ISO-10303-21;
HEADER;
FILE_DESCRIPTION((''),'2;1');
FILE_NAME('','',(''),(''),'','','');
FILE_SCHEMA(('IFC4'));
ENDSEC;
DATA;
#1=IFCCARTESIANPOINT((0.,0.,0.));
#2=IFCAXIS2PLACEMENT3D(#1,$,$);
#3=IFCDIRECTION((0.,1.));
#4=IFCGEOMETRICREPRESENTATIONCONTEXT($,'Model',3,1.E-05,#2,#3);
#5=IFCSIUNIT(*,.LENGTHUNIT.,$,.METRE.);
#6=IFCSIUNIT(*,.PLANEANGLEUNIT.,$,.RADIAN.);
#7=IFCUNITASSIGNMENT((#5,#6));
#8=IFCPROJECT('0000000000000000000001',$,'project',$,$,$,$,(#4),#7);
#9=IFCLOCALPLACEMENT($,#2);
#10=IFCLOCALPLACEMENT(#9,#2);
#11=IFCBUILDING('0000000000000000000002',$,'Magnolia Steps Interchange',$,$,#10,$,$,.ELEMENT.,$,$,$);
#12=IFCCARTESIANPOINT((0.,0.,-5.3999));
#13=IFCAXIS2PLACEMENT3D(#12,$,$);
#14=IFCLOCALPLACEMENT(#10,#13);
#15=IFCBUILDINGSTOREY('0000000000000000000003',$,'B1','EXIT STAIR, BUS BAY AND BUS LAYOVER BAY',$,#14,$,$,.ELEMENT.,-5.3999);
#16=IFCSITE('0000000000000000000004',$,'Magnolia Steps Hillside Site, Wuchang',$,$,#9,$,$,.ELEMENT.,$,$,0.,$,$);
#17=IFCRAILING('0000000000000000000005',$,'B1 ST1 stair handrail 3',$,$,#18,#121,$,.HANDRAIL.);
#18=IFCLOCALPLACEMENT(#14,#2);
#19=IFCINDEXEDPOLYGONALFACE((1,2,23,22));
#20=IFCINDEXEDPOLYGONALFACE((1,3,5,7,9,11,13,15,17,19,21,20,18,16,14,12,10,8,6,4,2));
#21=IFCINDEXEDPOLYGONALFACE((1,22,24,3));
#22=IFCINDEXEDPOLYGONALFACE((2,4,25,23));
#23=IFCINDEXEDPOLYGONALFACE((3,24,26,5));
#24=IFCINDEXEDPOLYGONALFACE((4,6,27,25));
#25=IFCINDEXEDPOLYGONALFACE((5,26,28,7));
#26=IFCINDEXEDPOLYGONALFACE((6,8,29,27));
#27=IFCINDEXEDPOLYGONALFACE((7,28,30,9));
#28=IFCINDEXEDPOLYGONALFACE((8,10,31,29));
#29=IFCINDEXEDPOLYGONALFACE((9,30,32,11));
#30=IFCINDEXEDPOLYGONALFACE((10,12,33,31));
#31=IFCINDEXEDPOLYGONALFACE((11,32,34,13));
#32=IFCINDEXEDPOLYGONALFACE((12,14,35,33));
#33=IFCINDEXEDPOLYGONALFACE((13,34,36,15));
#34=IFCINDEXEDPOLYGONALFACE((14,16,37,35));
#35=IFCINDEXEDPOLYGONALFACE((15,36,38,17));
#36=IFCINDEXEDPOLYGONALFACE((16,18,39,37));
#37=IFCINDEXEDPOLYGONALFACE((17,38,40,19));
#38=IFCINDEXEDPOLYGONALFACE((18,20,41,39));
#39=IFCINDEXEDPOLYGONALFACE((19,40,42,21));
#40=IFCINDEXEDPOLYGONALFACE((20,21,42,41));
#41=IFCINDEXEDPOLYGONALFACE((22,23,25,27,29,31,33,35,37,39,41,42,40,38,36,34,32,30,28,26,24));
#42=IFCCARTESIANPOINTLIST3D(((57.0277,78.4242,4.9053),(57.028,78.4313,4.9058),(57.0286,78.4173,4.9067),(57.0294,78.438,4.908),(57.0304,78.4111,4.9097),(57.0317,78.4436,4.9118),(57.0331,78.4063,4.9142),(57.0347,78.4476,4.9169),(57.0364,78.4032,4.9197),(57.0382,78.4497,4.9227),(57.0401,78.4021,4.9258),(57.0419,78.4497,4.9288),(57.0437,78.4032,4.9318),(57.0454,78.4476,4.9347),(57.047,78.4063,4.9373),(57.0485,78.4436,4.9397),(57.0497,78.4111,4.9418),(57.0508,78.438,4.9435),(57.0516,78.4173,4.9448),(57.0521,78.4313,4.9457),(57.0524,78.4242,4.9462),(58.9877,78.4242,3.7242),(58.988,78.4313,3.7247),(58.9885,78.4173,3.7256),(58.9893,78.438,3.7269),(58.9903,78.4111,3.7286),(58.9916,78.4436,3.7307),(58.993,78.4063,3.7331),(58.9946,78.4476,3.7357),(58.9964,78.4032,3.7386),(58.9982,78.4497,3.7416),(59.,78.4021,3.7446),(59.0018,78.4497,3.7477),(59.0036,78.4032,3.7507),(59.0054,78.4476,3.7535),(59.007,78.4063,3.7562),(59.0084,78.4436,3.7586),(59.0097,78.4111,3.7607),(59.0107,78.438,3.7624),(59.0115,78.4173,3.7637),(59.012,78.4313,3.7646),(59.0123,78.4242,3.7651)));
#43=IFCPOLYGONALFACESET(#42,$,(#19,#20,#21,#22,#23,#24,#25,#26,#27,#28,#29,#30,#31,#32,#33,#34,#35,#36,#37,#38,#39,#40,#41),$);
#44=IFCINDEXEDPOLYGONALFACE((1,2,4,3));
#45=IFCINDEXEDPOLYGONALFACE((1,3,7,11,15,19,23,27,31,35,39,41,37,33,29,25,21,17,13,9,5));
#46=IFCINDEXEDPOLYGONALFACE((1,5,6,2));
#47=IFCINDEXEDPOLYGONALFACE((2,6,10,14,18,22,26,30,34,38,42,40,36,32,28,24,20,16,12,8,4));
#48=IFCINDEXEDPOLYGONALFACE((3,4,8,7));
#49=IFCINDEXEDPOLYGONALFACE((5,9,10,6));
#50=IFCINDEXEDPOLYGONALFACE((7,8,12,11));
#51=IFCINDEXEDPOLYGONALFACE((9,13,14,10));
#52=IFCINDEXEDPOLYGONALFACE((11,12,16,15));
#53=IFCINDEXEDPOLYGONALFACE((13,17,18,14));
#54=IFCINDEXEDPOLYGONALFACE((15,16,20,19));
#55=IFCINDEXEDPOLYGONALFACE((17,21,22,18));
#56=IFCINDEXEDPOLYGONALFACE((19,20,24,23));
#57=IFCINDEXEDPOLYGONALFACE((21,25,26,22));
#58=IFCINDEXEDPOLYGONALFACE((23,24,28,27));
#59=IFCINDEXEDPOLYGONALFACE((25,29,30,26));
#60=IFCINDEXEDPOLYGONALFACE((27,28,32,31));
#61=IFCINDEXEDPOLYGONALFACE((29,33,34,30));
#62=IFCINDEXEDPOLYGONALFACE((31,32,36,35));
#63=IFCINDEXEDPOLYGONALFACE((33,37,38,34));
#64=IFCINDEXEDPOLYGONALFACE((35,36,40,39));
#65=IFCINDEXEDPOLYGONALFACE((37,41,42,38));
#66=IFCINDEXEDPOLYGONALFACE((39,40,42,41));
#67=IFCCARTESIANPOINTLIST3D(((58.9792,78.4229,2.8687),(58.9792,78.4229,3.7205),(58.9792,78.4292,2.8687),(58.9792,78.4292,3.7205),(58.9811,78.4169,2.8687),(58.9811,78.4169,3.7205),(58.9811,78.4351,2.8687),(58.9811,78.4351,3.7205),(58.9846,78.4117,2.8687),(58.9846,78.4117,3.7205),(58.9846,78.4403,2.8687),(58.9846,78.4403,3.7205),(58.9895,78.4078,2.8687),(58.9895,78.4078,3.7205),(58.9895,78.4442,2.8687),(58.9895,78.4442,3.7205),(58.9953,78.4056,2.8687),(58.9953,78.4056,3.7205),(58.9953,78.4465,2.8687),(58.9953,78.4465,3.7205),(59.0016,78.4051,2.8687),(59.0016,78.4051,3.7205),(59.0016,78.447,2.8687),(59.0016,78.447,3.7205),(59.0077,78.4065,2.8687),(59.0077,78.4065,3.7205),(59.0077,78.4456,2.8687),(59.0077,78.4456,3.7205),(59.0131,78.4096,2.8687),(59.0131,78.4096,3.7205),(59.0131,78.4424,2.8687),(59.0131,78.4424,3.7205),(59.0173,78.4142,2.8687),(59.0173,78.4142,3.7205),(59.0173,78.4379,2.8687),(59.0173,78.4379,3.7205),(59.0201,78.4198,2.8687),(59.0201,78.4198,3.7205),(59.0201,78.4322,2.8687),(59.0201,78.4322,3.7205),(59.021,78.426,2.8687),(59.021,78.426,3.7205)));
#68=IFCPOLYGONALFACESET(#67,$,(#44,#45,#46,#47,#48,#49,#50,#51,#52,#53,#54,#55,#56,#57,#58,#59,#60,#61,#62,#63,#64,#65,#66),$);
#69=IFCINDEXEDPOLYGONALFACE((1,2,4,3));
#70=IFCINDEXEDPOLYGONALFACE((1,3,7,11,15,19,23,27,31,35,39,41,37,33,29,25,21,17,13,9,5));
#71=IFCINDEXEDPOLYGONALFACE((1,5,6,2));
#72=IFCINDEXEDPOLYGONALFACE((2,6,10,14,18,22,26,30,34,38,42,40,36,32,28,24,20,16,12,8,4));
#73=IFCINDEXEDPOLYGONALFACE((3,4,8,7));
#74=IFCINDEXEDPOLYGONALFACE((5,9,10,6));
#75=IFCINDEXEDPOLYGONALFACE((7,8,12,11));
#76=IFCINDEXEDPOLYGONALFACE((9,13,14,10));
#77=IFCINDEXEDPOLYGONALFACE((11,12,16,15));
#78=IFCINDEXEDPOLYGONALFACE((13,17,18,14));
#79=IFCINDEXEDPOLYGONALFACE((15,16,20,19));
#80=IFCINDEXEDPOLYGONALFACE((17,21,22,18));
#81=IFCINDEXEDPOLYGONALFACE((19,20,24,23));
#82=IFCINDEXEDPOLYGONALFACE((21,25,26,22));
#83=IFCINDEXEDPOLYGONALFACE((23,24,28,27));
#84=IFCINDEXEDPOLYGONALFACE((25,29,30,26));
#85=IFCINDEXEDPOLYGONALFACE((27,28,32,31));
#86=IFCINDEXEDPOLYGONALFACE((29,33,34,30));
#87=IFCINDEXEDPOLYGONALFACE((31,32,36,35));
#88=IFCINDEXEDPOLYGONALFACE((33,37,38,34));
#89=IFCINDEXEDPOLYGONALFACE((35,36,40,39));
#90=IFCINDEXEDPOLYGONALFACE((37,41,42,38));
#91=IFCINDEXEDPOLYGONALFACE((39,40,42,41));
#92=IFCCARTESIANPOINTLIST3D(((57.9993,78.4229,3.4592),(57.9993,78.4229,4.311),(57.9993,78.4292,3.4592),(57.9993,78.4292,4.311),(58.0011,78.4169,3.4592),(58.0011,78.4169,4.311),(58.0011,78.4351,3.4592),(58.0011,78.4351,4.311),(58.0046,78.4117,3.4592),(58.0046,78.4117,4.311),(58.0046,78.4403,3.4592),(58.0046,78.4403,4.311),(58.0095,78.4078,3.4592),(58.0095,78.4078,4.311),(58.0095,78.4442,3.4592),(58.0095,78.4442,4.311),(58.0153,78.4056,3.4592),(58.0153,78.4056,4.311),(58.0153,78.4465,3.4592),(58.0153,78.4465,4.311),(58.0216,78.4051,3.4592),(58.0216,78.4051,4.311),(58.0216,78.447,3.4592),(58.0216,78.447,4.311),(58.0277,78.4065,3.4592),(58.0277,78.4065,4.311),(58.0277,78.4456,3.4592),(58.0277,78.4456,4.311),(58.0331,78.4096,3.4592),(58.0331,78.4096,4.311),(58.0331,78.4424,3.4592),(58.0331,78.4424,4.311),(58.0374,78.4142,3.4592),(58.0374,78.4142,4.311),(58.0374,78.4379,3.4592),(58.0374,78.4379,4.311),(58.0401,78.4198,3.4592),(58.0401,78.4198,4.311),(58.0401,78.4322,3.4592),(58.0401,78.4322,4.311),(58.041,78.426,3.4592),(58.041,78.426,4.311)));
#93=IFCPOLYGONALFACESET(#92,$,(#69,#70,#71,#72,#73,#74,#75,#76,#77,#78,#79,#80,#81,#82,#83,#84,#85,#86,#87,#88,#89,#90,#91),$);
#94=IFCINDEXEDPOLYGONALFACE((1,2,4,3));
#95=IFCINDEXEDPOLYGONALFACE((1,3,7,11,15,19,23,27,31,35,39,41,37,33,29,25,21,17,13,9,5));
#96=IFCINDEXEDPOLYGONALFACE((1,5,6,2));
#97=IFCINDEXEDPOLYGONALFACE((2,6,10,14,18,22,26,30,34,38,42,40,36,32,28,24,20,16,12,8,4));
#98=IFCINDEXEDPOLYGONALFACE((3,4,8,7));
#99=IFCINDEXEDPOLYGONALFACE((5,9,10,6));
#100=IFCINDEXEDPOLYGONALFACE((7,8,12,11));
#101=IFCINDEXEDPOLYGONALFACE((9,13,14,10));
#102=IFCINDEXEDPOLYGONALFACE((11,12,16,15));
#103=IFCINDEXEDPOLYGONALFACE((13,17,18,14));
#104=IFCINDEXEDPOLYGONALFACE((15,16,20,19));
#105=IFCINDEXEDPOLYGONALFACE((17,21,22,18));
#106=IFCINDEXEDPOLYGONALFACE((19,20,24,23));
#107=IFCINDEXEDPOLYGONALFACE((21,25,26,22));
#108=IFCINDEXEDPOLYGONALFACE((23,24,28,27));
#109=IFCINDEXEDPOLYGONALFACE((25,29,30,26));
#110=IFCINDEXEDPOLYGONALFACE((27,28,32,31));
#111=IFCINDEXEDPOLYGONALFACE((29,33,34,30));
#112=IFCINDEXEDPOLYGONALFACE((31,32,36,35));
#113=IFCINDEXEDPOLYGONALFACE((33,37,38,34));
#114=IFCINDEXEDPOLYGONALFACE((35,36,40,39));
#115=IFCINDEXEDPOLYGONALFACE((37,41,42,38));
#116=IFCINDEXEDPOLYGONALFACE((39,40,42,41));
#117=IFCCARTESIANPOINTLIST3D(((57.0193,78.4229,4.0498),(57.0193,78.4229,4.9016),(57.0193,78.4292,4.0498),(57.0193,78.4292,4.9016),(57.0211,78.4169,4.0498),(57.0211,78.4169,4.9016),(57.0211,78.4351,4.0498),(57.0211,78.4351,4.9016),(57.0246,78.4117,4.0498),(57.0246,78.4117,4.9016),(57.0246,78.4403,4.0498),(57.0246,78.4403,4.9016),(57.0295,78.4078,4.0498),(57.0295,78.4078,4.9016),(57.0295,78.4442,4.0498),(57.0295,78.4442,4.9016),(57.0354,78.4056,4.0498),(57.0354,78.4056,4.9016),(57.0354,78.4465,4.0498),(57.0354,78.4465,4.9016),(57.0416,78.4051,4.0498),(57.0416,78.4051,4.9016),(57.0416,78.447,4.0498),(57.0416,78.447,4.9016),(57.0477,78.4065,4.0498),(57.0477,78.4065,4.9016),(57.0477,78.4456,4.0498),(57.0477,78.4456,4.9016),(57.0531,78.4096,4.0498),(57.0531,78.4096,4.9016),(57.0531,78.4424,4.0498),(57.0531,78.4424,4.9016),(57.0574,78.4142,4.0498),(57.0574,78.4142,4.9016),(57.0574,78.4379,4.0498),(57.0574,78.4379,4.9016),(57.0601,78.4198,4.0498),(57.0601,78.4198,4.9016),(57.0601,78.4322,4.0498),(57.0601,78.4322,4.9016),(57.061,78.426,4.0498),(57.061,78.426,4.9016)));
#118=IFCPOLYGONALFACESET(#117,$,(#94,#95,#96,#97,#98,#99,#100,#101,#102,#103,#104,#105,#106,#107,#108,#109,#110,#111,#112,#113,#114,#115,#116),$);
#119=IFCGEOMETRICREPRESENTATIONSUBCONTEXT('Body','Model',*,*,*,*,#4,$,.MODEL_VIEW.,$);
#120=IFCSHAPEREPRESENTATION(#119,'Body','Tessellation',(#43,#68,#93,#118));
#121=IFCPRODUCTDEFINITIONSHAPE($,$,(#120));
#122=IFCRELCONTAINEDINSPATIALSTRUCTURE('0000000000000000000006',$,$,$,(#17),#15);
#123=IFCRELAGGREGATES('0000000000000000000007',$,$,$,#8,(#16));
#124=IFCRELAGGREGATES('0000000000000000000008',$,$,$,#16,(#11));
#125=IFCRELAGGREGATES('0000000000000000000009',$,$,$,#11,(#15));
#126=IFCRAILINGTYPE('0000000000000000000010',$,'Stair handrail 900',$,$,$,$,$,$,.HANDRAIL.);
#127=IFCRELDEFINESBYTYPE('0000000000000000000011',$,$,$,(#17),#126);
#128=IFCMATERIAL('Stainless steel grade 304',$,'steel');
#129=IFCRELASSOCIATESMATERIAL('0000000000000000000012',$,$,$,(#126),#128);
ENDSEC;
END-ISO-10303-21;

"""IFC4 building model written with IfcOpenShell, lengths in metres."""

from ifc_helpers import new_model, si_unit, direction, frame, origin, origin_2d, place, context, subcontext, project, spatial, circle, extrude, material, type_object, element, save


model = new_model("IFC4")

# Units and contexts
model_context = context("Model", 3, precision=1e-05, world=origin(), true_north=direction((0.0, 1.0)))
body_context = subcontext(model_context, "Body", "Model", "MODEL_VIEW")
ifc_project = project(units=[si_unit("LENGTHUNIT", "METRE"), si_unit("PLANEANGLEUNIT", "RADIAN")], contexts=[model_context])

# Site, building, storey
site_placement = place(None, origin())
site = spatial("IfcSite", under=ifc_project, at=site_placement, Name="Magnolia Steps Hillside Site, Wuchang", CompositionType="ELEMENT", RefElevation=0.0)
building_placement = place(site_placement, origin())
building = spatial("IfcBuilding", under=site, at=building_placement, Name="Magnolia Steps Interchange", CompositionType="ELEMENT")
storey_placement = place(building_placement, frame((0.0, 0.0, -5.3999)))
storey = spatial("IfcBuildingStorey", under=building, at=storey_placement, Name="B1", Description="EXIT STAIR, BUS BAY AND BUS LAYOVER BAY", CompositionType="ELEMENT", Elevation=-5.3999)

# Railing
ifc_material_1 = material(Name="Stainless steel grade 304", Category="steel")
railing_type_1 = type_object("IfcRailingType", Name="Stair handrail 900", PredefinedType="HANDRAIL", material=ifc_material_1)
railing_1_placement = place(storey_placement, frame((59.0, 78.426, 2.8687)))
element("IfcRailing", 1, at=railing_1_placement, inside=storey, type_object=railing_type_1, Name="B1 ST1 stair handrail 3", PredefinedType="HANDRAIL", context=body_context, shape_type="SweptSolid", body=[
    extrude(circle(Radius=0.0239, at=origin_2d()), frame((0.0, 0.0, 0.876), z_axis=(-0.856493, 0.0, 0.516158), x_axis=(0.0, -1.0, 0.0)), (0.0, 0.0, 1.0), 2.2883),
    extrude(circle(Radius=0.021, at=origin_2d()), origin(), (0.0, 0.0, 1.0), 0.8518),
    extrude(circle(Radius=0.021, at=origin_2d()), frame((-0.98, 0.0, 0.5906)), (0.0, 0.0, 1.0), 0.8518),
    extrude(circle(Radius=0.021, at=origin_2d()), frame((-1.96, 0.0, 1.1812)), (0.0, 0.0, 1.0), 0.8518),
])

save(model, "model.ifc")
